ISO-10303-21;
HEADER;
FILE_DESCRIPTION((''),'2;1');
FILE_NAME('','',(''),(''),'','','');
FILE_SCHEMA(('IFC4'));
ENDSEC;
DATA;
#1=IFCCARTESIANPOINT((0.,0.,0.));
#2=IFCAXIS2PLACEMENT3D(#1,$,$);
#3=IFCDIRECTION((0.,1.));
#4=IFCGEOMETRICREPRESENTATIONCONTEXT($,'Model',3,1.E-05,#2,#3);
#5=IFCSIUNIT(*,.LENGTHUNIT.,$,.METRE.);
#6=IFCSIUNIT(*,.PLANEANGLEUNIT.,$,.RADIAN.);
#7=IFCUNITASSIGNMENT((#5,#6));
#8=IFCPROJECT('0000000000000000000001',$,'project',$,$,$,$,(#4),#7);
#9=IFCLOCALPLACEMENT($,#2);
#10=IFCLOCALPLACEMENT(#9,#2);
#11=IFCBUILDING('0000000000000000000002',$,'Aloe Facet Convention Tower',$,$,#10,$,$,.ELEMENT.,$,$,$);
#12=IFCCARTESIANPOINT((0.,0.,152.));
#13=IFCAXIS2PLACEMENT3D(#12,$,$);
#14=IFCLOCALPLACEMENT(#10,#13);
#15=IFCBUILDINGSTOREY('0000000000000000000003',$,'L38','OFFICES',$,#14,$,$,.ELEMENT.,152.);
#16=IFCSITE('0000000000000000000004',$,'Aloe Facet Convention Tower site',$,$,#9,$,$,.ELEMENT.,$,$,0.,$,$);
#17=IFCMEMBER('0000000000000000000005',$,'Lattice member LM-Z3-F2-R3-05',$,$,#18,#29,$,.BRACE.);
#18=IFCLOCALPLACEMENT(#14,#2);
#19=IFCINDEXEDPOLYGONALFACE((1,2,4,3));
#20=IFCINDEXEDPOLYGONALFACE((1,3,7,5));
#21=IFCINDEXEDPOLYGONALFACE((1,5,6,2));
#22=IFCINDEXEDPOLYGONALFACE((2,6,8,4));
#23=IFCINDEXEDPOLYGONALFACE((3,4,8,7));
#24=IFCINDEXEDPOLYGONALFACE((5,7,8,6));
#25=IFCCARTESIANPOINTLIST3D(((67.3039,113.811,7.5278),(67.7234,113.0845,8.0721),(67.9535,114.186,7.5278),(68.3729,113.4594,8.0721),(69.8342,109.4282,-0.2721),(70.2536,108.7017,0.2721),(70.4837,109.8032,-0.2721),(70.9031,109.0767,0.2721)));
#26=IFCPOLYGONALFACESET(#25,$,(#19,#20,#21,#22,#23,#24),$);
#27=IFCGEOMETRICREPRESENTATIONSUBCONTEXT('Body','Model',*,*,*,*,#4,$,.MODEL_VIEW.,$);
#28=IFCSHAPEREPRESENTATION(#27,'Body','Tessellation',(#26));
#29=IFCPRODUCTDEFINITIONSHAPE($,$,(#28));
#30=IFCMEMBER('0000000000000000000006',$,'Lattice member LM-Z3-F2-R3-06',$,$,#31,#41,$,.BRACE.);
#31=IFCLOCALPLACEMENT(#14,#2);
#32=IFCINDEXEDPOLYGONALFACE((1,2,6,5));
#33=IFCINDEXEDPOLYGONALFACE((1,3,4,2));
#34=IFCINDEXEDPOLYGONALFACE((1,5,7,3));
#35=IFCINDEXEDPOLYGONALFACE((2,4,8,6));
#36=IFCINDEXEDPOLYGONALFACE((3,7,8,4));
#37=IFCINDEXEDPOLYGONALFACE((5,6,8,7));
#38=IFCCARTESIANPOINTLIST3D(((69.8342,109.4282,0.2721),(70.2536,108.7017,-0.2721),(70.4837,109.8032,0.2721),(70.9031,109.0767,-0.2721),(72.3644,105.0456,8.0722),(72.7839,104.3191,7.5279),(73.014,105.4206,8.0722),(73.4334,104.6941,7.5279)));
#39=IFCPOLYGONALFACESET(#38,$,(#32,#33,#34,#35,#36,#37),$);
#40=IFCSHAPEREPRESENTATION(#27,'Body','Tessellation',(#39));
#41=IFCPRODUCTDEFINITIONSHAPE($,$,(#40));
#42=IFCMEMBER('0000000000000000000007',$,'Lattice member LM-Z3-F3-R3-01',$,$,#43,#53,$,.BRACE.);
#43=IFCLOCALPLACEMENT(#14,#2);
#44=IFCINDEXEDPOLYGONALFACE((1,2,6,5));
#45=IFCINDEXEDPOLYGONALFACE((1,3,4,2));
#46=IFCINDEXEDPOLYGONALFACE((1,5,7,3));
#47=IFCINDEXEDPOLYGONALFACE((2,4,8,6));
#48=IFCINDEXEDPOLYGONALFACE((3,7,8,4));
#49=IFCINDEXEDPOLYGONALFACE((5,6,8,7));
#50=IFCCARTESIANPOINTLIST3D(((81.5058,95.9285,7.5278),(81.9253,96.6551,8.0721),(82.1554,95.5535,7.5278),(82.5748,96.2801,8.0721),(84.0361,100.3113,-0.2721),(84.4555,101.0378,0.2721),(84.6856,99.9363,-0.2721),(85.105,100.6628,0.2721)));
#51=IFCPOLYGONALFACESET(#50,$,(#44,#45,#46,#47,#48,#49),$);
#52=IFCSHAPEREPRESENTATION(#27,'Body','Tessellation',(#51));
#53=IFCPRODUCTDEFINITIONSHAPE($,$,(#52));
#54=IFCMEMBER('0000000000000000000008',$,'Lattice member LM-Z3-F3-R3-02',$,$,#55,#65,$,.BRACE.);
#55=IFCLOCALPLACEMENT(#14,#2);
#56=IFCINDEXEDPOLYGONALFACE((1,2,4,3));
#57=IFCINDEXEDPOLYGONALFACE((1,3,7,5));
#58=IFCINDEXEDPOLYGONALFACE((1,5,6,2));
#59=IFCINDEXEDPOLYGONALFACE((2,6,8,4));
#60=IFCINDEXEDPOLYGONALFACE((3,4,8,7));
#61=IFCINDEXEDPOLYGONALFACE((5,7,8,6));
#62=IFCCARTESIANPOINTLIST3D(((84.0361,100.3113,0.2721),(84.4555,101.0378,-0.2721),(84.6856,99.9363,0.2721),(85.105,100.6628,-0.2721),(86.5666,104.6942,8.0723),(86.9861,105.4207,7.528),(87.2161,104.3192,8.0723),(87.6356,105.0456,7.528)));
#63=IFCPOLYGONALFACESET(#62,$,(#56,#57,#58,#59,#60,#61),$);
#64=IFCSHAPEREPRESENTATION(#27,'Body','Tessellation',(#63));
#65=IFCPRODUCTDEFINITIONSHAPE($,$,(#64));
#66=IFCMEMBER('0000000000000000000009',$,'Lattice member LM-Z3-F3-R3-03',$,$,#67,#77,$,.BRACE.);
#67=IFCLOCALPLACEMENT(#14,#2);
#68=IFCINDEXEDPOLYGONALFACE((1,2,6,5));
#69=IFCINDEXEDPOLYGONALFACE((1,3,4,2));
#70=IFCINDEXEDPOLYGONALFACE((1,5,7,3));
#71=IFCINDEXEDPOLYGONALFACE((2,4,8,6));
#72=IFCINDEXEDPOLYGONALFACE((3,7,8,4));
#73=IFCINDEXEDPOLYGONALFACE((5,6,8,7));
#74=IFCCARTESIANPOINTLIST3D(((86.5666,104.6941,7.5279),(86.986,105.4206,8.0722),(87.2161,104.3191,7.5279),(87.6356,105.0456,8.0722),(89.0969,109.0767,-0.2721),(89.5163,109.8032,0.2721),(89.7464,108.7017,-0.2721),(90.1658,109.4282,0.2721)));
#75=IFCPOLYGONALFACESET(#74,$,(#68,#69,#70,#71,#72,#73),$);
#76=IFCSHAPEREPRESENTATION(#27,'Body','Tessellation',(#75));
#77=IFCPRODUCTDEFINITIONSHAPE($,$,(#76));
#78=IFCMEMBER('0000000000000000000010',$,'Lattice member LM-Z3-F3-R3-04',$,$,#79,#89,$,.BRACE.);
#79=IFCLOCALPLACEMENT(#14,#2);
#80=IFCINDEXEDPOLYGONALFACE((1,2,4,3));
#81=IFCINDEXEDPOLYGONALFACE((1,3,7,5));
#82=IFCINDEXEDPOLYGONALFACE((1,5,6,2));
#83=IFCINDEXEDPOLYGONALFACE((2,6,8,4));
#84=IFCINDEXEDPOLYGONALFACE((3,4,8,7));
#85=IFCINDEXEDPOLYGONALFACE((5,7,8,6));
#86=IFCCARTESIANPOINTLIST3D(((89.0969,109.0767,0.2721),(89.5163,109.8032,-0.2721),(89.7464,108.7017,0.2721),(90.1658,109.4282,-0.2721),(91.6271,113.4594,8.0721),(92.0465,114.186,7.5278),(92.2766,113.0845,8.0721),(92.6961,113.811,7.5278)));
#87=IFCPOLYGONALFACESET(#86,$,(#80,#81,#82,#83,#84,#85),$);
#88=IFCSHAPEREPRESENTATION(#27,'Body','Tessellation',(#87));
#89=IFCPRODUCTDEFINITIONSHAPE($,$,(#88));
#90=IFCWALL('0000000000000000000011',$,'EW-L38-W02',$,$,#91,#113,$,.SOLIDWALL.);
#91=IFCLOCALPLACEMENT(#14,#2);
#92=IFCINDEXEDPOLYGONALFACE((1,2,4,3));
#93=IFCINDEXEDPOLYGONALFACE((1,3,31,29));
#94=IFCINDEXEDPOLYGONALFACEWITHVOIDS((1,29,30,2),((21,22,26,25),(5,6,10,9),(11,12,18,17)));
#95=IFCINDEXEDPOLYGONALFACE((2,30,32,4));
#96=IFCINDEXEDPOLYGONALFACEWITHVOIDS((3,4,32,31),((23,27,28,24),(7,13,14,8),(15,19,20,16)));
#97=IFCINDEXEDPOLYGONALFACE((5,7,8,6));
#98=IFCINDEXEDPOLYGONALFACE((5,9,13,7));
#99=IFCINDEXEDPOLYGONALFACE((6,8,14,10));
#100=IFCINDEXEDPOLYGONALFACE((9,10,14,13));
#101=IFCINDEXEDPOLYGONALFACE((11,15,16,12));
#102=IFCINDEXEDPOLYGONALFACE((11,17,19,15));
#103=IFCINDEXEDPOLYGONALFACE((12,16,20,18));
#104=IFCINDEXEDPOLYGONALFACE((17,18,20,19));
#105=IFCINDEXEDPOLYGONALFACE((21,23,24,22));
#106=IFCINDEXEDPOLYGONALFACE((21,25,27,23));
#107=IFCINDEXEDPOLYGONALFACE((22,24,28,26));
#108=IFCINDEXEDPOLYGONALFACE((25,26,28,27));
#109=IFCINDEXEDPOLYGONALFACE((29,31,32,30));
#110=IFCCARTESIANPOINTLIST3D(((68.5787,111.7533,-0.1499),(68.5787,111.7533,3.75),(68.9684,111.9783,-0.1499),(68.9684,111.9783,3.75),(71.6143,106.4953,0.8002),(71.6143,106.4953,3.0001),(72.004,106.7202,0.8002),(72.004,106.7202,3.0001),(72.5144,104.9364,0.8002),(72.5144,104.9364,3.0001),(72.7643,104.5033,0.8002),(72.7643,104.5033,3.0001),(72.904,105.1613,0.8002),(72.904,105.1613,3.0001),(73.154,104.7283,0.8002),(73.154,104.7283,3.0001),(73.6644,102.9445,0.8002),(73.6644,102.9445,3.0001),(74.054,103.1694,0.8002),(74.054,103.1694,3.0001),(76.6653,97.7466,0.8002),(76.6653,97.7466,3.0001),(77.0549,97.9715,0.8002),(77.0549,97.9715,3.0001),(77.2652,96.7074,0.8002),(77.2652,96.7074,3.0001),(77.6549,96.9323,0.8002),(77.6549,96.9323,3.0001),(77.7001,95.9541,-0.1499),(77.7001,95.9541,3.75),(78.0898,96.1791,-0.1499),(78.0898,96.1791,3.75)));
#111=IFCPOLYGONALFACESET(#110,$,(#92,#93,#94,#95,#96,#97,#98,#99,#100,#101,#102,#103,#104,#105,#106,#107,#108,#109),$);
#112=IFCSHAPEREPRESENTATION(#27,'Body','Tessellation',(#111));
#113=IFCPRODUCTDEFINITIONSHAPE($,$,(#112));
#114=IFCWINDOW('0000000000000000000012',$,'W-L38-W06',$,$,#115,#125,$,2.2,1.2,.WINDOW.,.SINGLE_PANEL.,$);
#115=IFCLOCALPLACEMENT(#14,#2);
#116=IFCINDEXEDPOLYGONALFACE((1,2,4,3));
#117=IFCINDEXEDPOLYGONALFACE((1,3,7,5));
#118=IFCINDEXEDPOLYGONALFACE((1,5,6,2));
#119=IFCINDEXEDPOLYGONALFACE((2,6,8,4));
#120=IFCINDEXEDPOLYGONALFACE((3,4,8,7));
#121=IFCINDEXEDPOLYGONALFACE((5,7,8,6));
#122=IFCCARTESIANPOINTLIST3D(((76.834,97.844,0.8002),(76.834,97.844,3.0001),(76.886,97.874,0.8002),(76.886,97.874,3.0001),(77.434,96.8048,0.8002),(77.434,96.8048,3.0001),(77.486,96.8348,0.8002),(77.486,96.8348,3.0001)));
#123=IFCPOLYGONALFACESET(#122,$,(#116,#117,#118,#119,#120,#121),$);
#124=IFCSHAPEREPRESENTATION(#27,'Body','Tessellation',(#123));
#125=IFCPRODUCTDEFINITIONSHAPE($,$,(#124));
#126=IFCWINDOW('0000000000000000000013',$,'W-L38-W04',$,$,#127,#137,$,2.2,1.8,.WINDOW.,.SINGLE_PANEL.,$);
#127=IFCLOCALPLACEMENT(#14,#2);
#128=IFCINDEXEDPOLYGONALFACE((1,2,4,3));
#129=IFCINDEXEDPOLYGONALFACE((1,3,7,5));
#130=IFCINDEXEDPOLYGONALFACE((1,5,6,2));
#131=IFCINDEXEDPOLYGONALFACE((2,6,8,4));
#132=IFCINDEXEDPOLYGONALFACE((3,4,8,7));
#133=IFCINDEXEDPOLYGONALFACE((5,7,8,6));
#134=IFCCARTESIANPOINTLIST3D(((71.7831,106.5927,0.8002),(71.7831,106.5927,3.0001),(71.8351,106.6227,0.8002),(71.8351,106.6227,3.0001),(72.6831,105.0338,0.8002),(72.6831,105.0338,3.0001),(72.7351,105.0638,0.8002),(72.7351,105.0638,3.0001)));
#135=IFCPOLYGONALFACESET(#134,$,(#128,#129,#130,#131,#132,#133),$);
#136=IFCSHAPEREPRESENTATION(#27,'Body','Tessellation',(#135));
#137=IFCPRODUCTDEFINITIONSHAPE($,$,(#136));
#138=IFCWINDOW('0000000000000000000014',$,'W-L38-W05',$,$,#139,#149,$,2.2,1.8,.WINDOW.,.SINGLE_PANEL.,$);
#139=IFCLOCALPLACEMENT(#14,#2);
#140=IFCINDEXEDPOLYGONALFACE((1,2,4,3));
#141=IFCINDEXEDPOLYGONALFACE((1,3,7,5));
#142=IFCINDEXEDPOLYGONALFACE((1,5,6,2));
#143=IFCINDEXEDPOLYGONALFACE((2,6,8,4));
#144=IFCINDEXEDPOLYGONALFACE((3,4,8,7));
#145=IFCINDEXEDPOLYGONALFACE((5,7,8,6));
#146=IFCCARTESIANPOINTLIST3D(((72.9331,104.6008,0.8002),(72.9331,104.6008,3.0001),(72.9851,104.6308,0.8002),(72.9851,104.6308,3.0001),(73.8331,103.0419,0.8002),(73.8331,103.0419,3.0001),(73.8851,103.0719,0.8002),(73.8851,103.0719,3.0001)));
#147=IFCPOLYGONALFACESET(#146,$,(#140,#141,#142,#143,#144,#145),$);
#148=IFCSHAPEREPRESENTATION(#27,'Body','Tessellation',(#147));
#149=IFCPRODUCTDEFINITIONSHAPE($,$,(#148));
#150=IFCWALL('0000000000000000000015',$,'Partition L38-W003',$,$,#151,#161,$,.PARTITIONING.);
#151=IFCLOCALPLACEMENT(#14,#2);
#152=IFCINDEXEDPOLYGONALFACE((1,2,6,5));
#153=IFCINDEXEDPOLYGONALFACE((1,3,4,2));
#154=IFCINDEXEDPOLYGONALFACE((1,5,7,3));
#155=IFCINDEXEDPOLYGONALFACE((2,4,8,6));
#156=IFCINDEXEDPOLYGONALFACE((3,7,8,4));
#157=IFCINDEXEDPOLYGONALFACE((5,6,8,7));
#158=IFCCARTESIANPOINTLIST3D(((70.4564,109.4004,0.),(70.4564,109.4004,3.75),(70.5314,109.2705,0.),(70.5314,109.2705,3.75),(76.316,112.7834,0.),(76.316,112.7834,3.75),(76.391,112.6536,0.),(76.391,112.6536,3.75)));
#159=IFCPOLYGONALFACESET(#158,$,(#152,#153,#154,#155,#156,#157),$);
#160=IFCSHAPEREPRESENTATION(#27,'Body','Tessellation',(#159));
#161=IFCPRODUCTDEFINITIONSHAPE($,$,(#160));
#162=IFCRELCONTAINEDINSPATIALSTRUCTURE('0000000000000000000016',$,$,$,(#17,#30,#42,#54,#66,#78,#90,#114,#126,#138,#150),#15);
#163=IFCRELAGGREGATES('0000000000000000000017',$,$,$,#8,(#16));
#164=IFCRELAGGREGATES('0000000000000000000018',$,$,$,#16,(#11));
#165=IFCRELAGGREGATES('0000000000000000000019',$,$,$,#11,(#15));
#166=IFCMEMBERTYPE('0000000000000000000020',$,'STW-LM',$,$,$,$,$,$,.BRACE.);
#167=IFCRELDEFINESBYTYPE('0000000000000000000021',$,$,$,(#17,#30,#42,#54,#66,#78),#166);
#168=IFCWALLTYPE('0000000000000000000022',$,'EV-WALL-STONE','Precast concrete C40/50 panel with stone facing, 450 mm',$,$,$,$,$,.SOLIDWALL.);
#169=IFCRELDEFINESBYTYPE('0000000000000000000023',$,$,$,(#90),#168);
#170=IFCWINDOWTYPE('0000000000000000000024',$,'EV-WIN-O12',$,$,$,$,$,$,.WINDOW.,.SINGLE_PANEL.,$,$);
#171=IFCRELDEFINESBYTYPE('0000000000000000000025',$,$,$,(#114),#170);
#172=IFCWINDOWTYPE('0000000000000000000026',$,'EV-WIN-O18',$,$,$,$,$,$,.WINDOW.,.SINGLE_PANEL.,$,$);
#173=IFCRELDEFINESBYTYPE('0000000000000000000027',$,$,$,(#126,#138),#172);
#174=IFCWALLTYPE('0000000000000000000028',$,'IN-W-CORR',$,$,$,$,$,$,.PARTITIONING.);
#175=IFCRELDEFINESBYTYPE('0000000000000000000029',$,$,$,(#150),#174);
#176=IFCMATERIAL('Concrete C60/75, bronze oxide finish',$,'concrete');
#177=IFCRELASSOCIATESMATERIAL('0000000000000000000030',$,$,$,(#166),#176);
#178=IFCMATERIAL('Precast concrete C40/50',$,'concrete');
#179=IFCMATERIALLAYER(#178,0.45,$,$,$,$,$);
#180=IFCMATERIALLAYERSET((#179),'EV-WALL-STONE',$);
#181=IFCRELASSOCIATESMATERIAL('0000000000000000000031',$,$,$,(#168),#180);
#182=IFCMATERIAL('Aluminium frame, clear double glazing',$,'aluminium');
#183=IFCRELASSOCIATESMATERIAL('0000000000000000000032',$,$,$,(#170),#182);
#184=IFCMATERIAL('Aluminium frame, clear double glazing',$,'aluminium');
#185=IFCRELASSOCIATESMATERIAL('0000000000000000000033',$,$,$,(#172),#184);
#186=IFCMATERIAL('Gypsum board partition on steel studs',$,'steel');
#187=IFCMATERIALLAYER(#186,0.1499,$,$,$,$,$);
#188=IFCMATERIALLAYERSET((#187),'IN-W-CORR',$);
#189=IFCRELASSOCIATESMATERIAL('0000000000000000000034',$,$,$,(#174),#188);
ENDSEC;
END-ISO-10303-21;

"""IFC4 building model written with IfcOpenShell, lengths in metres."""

from ifc_helpers import new_model, si_unit, direction, frame, frame_2d, origin, origin_2d, place, context, subcontext, project, spatial, polyline, rectangle, outline, extrude, material, layer, layer_set, material_profile, profile_set, type_object, element, fill, save


model = new_model("IFC4")

# Units and contexts
model_context = context("Model", 3, precision=1e-05, world=origin(), true_north=direction((0.0, 1.0)))
body_context = subcontext(model_context, "Body", "Model", "MODEL_VIEW")
ifc_project = project(units=[si_unit("LENGTHUNIT", "METRE"), si_unit("PLANEANGLEUNIT", "RADIAN")], contexts=[model_context])

# Site, building, storey
site_placement = place(None, origin())
site = spatial("IfcSite", under=ifc_project, at=site_placement, Name="Aloe Facet Convention Tower site", CompositionType="ELEMENT", RefElevation=0.0)
building_placement = place(site_placement, origin())
building = spatial("IfcBuilding", under=site, at=building_placement, Name="Aloe Facet Convention Tower", CompositionType="ELEMENT")
storey_placement = place(building_placement, frame((0.0, 0.0, 152.0)))
storey = spatial("IfcBuildingStorey", under=building, at=storey_placement, Name="L38", Description="OFFICES", CompositionType="ELEMENT", Elevation=152.0)

# Members
ifc_material_1 = material(Name="Concrete C60/75, bronze oxide finish", Category="concrete")
ifc_material_profile_1 = material_profile(ifc_material_1, rectangle(XDim=0.75, YDim=1.0, at=origin_2d()), Name="STW-LM")
ifc_profile_set_1 = profile_set([ifc_material_profile_1], Name="Concrete C60/75, bronze oxide finish")
member_type = type_object("IfcMemberType", Name="STW-LM", PredefinedType="BRACE", material=ifc_profile_set_1)
for number, where, z_axis, x_axis, name in (
    (1, (70.3687, 109.2524, 0.0), (-0.272132, 0.471373, 0.838899), (-0.866038, -0.499979, 0.0), "Lattice member LM-Z3-F2-R3-05"),
    (2, (70.3687, 109.2524, 0.0), (0.272135, -0.471353, 0.838909), (0.866026, 0.499999, 0.0), "Lattice member LM-Z3-F2-R3-06"),
    (3, (84.5706, 100.4871, 0.0), (-0.272132, -0.471373, 0.838899), (0.866038, -0.499979, 0.0), "Lattice member LM-Z3-F3-R3-01"),
):
    element("IfcMember", number, at=place(storey_placement, frame(where, z_axis=z_axis, x_axis=x_axis)), inside=storey, type_object=member_type, Name=name, PredefinedType="BRACE", context=body_context, shape_type="SweptSolid", body=[
        extrude(rectangle(XDim=0.75, YDim=1.0, at=origin_2d()), origin(), (0.0, 0.0, 1.0), 9.2979),
    ])
member_placement = place(storey_placement, frame((84.5706, 100.4871, 0.0), z_axis=(0.272156, 0.47137, 0.838893), x_axis=(-0.866017, 0.500015, 0.0)))
element("IfcMember", 4, at=member_placement, inside=storey, type_object=member_type, Name="Lattice member LM-Z3-F3-R3-02", PredefinedType="BRACE", context=body_context, shape_type="SweptSolid", body=[
    extrude(rectangle(XDim=0.75, YDim=1.0, at=origin_2d()), origin(), (0.0, 0.0, 1.0), 9.2981),
])
for number, where, z_axis, x_axis, name in (
    (5, (89.6313, 109.2524, 0.0), (-0.272135, -0.471353, 0.838909), (0.866026, -0.499999, 0.0), "Lattice member LM-Z3-F3-R3-03"),
    (6, (89.6313, 109.2524, 0.0), (0.272132, 0.471373, 0.838899), (-0.866038, 0.499979, 0.0), "Lattice member LM-Z3-F3-R3-04"),
):
    element("IfcMember", number, at=place(storey_placement, frame(where, z_axis=z_axis, x_axis=x_axis)), inside=storey, type_object=member_type, Name=name, PredefinedType="BRACE", context=body_context, shape_type="SweptSolid", body=[
        extrude(rectangle(XDim=0.75, YDim=1.0, at=origin_2d()), origin(), (0.0, 0.0, 1.0), 9.2979),
    ])

# Wall, openings, windows
ifc_material_2 = material(Name="Precast concrete C40/50", Category="concrete")
ifc_layer_1 = layer(ifc_material_2, 0.45)
ifc_layer_set_1 = layer_set([ifc_layer_1], Name="EV-WALL-STONE")
wall_type_1 = type_object("IfcWallType", Name="EV-WALL-STONE", Description="Precast concrete C40/50 panel with stone facing, 450 mm", PredefinedType="SOLIDWALL", material=ifc_layer_set_1)
wall_1_placement = place(storey_placement, frame((68.7734, 111.8657, -0.1499), z_axis=(0.0, 0.0, 1.0), x_axis=(0.499989, -0.866032, 0.0)))
wall_1 = element("IfcWall", 7, at=wall_1_placement, inside=storey, type_object=wall_type_1, Name="EW-L38-W02", PredefinedType="SOLIDWALL", context=body_context, shape_type="SweptSolid", body=[
    extrude(outline(polyline([(18.2432, 3.8999), (18.2432, 0.0), (0.0, 0.0), (0.0, 3.8999), (18.2432, 3.8999)])), frame((0.0, 0.2251, 0.0), z_axis=(0.0, -1.0, 0.0), x_axis=(1.0, 0.0, 0.0)), (0.0, 0.0, 1.0), 0.45),
])
opening_1_placement = place(wall_1_placement, frame((6.0715, 0.0, 0.95)))
opening_1 = element("IfcOpeningElement", 8, at=opening_1_placement, cuts=wall_1, PredefinedType="OPENING", context=body_context, shape_type="SweptSolid", body=[
    extrude(rectangle(XDim=1.8, YDim=2.2, at=frame_2d((0.8999, 1.1001))), frame((0.0, 0.2349, 0.0), z_axis=(0.0, -1.0, 0.0), x_axis=(1.0, 0.0, 0.0)), (0.0, 0.0, 1.0), 0.47),
])
opening_2_placement = place(wall_1_placement, frame((8.3716, 0.0, 0.95)))
opening_2 = element("IfcOpeningElement", 9, at=opening_2_placement, cuts=wall_1, PredefinedType="OPENING", context=body_context, shape_type="SweptSolid", body=[
    extrude(rectangle(XDim=1.8, YDim=2.2, at=frame_2d((0.8999, 1.1001))), frame((0.0, 0.2349, 0.0), z_axis=(0.0, -1.0, 0.0), x_axis=(1.0, 0.0, 0.0)), (0.0, 0.0, 1.0), 0.47),
])
opening_3_placement = place(wall_1_placement, frame((16.1733, 0.0, 0.95)))
opening_3 = element("IfcOpeningElement", 10, at=opening_3_placement, cuts=wall_1, PredefinedType="OPENING", context=body_context, shape_type="SweptSolid", body=[
    extrude(rectangle(XDim=1.2, YDim=2.2, at=frame_2d((0.6001, 1.1001))), frame((0.0, 0.2349, 0.0), z_axis=(0.0, -1.0, 0.0), x_axis=(1.0, 0.0, 0.0)), (0.0, 0.0, 1.0), 0.47),
])
ifc_material_3 = material(Name="Aluminium frame, clear double glazing", Category="aluminium")
window_type_1 = type_object("IfcWindowType", Name="EV-WIN-O12", PartitioningType="SINGLE_PANEL", PredefinedType="WINDOW", material=ifc_material_3)
window_1_placement = place(opening_3_placement, origin())
window_1 = element("IfcWindow", 11, at=window_1_placement, inside=storey, type_object=window_type_1, Name="W-L38-W06", OverallHeight=2.2, OverallWidth=1.2, PartitioningType="SINGLE_PANEL", PredefinedType="WINDOW", context=body_context, shape_type="SweptSolid", body=[
    extrude(rectangle(XDim=1.2, YDim=2.2, at=frame_2d((0.6001, 1.1001))), frame((0.0, 0.03, 0.0), z_axis=(0.0, -1.0, 0.0), x_axis=(1.0, 0.0, 0.0)), (0.0, 0.0, 1.0), 0.0601),
])
fill(opening_3, window_1)
ifc_material_4 = material(Name="Aluminium frame, clear double glazing", Category="aluminium")
window_type_2 = type_object("IfcWindowType", Name="EV-WIN-O18", PartitioningType="SINGLE_PANEL", PredefinedType="WINDOW", material=ifc_material_4)
window_2_placement = place(opening_1_placement, origin())
window_2 = element("IfcWindow", 12, at=window_2_placement, inside=storey, type_object=window_type_2, Name="W-L38-W04", OverallHeight=2.2, OverallWidth=1.8, PartitioningType="SINGLE_PANEL", PredefinedType="WINDOW", context=body_context, shape_type="SweptSolid", body=[
    extrude(rectangle(XDim=1.8, YDim=2.2, at=frame_2d((0.8999, 1.1001))), frame((0.0, 0.03, 0.0), z_axis=(0.0, -1.0, 0.0), x_axis=(1.0, 0.0, 0.0)), (0.0, 0.0, 1.0), 0.0601),
])
fill(opening_1, window_2)
window_3_placement = place(opening_2_placement, origin())
window_3 = element("IfcWindow", 13, at=window_3_placement, inside=storey, type_object=window_type_2, Name="W-L38-W05", OverallHeight=2.2, OverallWidth=1.8, PartitioningType="SINGLE_PANEL", PredefinedType="WINDOW", context=body_context, shape_type="SweptSolid", body=[
    extrude(rectangle(XDim=1.8, YDim=2.2, at=frame_2d((0.8999, 1.1001))), frame((0.0, 0.03, 0.0), z_axis=(0.0, -1.0, 0.0), x_axis=(1.0, 0.0, 0.0)), (0.0, 0.0, 1.0), 0.0601),
])
fill(opening_2, window_3)

# Wall
ifc_material_5 = material(Name="Gypsum board partition on steel studs", Category="steel")
ifc_layer_2 = layer(ifc_material_5, 0.1499)
ifc_layer_set_2 = layer_set([ifc_layer_2], Name="IN-W-CORR")
wall_type_2 = type_object("IfcWallType", Name="IN-W-CORR", PredefinedType="PARTITIONING", material=ifc_layer_set_2)
wall_2_placement = place(storey_placement, frame((70.4939, 109.3354, 0.0), z_axis=(0.0, 0.0, 1.0), x_axis=(0.866025, 0.5, 0.0)))
element("IfcWall", 14, at=wall_2_placement, inside=storey, type_object=wall_type_2, Name="Partition L38-W003", PredefinedType="PARTITIONING", context=body_context, shape_type="SweptSolid", body=[
    extrude(rectangle(XDim=6.7661, YDim=0.1499, at=frame_2d((3.3831, 0.0))), origin(), (0.0, 0.0, 1.0), 3.75),
])

save(model, "model.ifc")
